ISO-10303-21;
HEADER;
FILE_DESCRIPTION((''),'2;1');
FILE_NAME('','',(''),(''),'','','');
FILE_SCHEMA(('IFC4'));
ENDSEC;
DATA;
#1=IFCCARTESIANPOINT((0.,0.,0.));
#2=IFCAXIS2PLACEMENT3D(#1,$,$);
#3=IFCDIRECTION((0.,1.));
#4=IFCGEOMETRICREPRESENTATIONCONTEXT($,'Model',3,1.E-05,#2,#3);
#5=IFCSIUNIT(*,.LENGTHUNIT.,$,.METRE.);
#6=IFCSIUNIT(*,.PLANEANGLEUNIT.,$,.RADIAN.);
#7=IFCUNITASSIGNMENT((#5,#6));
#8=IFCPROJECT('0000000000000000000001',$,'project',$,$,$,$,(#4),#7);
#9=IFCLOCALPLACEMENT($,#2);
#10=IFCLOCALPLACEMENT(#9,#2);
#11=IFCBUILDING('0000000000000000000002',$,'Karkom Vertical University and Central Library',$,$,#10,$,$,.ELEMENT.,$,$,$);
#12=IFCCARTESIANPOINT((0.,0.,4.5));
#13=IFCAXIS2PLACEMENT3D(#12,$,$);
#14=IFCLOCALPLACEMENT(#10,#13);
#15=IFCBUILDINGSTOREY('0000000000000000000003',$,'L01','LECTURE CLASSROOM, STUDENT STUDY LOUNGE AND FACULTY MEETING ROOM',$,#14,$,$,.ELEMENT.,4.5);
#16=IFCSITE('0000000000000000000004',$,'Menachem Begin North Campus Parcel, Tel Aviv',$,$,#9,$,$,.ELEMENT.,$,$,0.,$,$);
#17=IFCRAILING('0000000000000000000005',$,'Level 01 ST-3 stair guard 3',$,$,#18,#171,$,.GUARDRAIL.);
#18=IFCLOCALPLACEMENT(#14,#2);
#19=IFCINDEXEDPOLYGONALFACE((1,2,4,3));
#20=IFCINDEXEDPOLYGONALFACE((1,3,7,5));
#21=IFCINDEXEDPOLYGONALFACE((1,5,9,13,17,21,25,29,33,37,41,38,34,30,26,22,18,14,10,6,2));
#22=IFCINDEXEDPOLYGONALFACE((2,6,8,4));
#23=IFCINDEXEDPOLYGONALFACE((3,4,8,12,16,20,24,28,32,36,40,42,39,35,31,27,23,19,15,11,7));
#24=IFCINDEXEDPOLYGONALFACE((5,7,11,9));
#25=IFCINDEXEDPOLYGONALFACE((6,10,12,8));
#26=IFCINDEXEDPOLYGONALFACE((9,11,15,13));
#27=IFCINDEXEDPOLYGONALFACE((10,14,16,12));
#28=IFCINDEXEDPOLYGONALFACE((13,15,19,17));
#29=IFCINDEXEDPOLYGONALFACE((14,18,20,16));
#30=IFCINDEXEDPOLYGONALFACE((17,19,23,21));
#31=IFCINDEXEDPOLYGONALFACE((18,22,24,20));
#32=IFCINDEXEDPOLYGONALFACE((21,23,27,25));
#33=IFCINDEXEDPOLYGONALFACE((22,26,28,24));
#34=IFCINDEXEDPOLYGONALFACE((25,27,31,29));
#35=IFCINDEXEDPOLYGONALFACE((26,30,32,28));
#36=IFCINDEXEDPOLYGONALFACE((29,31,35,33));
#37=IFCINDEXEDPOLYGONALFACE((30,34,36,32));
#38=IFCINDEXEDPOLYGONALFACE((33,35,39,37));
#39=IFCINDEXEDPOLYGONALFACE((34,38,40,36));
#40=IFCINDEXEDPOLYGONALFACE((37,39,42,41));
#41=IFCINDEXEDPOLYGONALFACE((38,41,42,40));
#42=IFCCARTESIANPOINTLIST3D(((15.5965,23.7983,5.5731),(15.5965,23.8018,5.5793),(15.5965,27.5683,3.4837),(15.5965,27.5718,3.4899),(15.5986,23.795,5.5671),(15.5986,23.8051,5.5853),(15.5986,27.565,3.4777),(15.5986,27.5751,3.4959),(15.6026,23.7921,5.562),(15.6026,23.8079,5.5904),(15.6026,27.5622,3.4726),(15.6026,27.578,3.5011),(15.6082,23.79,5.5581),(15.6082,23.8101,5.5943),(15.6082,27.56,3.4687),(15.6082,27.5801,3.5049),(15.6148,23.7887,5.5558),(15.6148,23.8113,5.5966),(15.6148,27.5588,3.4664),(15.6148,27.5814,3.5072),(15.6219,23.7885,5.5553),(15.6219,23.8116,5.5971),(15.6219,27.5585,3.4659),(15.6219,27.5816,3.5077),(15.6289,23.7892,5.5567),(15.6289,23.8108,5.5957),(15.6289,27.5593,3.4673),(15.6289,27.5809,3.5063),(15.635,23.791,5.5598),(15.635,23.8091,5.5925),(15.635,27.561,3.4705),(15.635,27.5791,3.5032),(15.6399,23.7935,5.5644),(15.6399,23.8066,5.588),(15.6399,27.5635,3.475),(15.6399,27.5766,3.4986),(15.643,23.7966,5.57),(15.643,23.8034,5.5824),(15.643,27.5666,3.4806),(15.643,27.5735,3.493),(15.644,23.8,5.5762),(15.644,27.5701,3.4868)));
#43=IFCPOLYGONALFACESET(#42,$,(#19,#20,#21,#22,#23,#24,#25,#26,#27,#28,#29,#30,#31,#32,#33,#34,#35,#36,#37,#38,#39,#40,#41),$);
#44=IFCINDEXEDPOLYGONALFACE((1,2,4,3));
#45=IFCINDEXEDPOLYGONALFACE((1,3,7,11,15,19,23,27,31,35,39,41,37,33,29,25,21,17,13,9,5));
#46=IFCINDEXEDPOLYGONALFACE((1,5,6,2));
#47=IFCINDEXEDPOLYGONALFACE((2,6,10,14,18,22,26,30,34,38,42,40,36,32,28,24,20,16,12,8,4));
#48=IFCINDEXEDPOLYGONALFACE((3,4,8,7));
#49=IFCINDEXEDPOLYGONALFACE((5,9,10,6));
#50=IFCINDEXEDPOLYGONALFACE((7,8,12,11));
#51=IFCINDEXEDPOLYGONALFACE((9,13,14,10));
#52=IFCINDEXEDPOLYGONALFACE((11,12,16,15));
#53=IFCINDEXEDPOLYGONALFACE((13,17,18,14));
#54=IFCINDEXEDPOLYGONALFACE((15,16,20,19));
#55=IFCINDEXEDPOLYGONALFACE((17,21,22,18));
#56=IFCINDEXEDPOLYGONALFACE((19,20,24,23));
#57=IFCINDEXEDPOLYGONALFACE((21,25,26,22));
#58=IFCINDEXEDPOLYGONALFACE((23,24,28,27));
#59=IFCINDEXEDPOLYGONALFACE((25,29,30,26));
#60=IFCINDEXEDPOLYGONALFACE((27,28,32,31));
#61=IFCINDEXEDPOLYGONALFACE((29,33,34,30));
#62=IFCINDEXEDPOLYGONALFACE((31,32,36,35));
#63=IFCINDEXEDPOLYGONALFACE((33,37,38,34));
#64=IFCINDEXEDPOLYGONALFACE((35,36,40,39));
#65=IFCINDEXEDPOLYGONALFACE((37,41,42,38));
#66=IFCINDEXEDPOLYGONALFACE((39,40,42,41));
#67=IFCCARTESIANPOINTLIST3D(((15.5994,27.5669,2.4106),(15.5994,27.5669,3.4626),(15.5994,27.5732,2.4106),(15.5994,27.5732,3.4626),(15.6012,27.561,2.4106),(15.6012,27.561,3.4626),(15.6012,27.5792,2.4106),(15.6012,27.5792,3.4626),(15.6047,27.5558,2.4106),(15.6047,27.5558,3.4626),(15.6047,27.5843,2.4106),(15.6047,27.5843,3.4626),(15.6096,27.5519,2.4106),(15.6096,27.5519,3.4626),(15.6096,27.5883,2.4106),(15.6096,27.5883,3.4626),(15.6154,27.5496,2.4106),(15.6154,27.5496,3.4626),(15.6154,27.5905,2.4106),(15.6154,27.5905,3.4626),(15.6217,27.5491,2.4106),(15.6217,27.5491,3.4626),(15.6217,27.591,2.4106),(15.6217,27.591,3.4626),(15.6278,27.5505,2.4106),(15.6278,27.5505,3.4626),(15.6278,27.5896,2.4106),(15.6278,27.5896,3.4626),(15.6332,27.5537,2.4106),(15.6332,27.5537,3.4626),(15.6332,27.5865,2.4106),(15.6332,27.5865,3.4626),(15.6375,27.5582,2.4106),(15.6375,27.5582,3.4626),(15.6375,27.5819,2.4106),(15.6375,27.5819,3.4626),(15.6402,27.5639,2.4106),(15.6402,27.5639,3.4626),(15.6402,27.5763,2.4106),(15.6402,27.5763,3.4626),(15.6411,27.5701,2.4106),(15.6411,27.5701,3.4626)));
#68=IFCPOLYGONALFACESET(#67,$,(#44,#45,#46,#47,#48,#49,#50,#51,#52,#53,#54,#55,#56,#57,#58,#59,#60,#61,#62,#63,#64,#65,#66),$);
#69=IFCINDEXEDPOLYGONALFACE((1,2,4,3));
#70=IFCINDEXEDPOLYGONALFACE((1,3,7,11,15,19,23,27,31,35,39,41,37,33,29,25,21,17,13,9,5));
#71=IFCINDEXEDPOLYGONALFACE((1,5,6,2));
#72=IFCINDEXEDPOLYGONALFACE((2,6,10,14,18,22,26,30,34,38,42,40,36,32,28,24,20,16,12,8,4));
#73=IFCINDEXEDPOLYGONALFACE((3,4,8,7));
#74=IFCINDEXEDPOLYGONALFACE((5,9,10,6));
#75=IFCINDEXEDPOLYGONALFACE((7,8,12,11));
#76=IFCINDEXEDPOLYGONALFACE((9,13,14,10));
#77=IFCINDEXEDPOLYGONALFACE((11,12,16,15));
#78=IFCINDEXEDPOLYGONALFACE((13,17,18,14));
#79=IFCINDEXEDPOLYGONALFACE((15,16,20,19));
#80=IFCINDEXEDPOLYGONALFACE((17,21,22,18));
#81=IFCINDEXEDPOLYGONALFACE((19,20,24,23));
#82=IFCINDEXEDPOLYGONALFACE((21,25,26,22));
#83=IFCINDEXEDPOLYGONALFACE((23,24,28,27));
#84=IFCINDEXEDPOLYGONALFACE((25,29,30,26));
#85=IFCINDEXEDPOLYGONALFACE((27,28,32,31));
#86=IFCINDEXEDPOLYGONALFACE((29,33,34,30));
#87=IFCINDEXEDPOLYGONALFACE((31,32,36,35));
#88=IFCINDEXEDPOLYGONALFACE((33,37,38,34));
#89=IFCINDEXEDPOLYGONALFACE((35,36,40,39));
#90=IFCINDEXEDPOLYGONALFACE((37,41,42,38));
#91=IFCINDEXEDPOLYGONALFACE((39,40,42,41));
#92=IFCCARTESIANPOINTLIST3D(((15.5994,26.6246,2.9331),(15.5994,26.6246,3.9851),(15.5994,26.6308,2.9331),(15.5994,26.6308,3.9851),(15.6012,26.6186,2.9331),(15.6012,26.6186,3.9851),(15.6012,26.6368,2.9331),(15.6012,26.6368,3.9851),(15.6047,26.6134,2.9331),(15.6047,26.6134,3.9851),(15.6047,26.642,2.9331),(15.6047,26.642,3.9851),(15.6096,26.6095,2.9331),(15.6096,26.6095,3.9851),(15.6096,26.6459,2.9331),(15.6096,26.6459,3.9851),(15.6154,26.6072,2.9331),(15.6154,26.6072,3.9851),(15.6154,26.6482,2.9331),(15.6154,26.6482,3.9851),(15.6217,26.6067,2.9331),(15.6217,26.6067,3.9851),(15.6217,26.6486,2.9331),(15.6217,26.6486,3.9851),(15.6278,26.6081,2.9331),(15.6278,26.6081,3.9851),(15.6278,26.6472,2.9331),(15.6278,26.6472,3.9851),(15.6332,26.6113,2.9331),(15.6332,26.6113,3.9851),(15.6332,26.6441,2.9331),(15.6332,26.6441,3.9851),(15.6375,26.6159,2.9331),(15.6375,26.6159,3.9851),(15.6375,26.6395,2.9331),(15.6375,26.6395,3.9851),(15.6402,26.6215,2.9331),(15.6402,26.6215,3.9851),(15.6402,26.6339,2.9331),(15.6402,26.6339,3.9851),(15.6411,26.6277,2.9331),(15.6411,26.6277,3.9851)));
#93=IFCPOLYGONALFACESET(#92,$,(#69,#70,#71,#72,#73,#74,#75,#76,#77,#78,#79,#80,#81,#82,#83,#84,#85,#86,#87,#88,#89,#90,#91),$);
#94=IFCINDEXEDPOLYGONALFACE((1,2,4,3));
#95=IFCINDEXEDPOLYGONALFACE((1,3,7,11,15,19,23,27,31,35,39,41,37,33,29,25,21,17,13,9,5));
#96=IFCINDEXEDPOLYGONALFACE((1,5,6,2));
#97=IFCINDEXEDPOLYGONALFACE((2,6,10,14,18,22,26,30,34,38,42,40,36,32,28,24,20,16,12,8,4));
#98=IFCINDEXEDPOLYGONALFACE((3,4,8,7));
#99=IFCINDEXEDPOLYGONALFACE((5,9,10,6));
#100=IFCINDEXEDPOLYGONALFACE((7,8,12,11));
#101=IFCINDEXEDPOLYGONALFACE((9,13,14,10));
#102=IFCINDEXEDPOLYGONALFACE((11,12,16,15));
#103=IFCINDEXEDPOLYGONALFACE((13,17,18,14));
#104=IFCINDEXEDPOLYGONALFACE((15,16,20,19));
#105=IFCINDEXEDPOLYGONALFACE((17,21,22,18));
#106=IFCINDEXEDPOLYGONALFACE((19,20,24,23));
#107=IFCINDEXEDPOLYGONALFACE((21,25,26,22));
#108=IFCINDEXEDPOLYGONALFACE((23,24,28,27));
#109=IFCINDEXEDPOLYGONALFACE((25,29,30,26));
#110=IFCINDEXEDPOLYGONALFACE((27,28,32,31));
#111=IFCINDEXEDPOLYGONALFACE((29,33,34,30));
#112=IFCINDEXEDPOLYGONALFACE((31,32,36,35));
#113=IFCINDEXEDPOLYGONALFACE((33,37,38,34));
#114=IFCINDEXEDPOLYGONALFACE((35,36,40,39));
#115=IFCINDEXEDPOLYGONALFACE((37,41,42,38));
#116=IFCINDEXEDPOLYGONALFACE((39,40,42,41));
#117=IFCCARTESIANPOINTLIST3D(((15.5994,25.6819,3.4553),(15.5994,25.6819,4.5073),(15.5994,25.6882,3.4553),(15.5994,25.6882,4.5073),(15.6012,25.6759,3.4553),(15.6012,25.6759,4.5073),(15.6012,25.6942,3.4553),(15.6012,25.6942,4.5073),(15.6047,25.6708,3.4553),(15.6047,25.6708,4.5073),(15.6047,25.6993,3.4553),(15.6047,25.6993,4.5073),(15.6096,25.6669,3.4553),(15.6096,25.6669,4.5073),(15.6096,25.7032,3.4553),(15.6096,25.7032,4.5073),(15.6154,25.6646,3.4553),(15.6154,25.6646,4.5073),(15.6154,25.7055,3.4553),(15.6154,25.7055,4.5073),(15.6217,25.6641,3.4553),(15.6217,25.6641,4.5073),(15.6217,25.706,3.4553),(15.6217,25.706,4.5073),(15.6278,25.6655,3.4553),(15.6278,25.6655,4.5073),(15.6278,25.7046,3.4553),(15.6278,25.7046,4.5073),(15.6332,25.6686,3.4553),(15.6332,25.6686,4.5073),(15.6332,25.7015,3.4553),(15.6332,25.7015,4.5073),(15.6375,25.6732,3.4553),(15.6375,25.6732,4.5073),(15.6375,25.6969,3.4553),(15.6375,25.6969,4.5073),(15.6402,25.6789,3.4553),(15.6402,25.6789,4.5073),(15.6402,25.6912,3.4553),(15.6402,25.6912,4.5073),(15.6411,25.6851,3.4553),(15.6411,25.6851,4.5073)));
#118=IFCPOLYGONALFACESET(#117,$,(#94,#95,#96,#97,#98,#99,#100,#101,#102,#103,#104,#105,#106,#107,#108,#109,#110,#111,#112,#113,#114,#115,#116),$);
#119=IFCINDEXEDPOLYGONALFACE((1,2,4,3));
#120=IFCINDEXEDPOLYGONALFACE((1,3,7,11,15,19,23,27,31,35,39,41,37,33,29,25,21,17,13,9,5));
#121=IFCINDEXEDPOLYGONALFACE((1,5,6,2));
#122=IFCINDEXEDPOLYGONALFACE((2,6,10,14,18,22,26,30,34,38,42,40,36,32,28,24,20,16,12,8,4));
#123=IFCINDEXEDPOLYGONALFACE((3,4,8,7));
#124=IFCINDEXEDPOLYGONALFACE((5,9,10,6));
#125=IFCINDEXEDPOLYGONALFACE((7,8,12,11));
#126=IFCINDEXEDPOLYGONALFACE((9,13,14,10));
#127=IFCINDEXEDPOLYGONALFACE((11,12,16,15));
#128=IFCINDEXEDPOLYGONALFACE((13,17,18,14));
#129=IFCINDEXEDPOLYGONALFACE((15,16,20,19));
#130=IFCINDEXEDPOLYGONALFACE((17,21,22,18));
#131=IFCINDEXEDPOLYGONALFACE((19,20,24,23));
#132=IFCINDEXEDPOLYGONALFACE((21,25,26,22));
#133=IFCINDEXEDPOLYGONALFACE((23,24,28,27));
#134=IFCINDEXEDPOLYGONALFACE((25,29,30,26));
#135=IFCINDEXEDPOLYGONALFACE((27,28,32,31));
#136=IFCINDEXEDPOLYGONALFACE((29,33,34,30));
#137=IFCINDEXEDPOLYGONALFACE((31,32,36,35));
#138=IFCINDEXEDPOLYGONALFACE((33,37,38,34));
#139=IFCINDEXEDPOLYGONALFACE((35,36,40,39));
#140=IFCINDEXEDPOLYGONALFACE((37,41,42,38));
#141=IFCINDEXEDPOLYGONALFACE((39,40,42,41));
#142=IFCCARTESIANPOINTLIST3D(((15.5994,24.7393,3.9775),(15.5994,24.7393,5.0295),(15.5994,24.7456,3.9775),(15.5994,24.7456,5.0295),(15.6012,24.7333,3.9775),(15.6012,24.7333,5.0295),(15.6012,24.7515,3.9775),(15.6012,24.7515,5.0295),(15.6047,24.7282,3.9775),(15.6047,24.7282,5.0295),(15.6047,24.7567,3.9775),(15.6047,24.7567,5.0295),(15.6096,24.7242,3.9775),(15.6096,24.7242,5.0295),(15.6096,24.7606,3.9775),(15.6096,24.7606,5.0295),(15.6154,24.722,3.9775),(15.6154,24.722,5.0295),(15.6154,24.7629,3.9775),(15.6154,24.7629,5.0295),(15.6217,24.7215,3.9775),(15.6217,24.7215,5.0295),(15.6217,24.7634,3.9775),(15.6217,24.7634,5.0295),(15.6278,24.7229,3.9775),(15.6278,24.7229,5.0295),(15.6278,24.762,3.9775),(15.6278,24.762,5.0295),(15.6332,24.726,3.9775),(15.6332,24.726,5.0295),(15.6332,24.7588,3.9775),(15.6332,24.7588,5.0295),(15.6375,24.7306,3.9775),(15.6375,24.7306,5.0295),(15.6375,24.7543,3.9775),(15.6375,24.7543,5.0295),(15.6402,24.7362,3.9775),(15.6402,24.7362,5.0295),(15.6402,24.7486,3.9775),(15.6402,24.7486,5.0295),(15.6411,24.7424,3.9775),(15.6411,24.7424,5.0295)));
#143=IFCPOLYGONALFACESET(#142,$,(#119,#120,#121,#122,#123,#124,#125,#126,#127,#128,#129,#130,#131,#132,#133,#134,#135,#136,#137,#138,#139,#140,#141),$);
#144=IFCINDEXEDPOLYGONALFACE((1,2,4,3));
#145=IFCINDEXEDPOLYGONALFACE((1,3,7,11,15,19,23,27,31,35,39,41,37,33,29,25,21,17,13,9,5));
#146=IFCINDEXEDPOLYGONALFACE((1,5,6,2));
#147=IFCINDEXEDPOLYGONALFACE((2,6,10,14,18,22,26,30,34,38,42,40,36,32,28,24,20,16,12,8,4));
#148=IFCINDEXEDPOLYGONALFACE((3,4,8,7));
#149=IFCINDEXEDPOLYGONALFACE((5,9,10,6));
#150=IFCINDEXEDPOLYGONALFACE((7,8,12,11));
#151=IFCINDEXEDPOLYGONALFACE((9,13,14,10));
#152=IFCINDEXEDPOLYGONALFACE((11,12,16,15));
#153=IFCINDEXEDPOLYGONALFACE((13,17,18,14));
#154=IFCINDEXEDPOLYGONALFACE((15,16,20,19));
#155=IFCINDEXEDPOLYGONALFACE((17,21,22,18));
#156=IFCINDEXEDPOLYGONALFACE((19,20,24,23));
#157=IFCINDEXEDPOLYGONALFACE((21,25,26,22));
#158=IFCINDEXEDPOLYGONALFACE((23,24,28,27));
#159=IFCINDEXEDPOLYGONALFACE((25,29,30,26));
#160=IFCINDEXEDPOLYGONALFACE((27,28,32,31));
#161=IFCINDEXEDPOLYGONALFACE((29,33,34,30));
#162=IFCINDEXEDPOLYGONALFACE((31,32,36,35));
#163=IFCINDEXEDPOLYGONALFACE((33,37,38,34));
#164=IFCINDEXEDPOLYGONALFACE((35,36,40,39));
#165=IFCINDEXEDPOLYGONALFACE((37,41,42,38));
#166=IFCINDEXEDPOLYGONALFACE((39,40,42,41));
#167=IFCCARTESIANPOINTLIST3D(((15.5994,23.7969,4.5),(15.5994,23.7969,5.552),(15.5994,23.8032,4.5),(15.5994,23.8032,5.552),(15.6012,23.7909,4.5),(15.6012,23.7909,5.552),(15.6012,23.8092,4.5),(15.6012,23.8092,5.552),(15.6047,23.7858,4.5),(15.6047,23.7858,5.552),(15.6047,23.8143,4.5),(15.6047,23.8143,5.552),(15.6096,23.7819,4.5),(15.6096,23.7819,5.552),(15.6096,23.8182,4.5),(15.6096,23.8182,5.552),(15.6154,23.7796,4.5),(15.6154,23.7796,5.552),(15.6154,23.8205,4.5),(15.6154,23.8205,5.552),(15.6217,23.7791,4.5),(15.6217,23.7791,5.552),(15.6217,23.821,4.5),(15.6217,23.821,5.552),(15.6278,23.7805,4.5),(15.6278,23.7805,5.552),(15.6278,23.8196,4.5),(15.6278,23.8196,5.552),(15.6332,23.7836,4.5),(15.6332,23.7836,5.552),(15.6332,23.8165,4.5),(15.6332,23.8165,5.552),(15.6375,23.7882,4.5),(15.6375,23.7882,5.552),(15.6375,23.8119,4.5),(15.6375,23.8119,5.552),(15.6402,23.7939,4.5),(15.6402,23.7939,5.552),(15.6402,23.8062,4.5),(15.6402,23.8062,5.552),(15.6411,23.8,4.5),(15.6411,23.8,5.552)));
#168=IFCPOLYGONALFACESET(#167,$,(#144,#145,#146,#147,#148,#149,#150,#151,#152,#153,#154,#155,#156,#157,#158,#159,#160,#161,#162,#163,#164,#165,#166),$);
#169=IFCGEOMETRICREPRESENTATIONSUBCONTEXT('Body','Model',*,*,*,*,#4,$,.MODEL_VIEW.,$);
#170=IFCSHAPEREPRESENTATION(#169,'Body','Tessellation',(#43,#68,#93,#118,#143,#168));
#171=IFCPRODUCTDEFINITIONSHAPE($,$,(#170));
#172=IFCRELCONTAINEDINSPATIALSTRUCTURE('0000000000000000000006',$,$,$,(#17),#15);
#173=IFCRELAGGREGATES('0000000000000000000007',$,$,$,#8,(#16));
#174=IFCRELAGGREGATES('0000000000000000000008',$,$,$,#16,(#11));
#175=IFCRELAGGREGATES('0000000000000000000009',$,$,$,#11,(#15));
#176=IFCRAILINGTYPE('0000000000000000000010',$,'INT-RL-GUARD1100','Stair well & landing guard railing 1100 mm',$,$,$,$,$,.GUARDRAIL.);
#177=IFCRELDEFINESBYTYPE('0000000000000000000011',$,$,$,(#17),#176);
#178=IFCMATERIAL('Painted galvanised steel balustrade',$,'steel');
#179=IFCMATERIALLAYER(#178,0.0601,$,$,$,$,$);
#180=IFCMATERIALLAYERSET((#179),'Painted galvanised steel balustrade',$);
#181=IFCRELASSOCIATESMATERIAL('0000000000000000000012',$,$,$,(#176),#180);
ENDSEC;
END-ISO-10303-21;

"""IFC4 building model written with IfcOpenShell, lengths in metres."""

from ifc_helpers import new_model, si_unit, direction, frame, origin, origin_2d, place, context, subcontext, project, spatial, circle, extrude, material, layer, layer_set, type_object, element, save


model = new_model("IFC4")

# Units and contexts
model_context = context("Model", 3, precision=1e-05, world=origin(), true_north=direction((0.0, 1.0)))
body_context = subcontext(model_context, "Body", "Model", "MODEL_VIEW")
ifc_project = project(units=[si_unit("LENGTHUNIT", "METRE"), si_unit("PLANEANGLEUNIT", "RADIAN")], contexts=[model_context])

# Site, building, storey
site_placement = place(None, origin())
site = spatial("IfcSite", under=ifc_project, at=site_placement, Name="Menachem Begin North Campus Parcel, Tel Aviv", CompositionType="ELEMENT", RefElevation=0.0)
building_placement = place(site_placement, origin())
building = spatial("IfcBuilding", under=site, at=building_placement, Name="Karkom Vertical University and Central Library", CompositionType="ELEMENT")
storey_placement = place(building_placement, frame((0.0, 0.0, 4.5)))
storey = spatial("IfcBuildingStorey", under=building, at=storey_placement, Name="L01", Description="LECTURE CLASSROOM, STUDENT STUDY LOUNGE AND FACULTY MEETING ROOM", CompositionType="ELEMENT", Elevation=4.5)

# Railing
ifc_material_1 = material(Name="Painted galvanised steel balustrade", Category="steel")
ifc_layer_1 = layer(ifc_material_1, 0.0601)
ifc_layer_set_1 = layer_set([ifc_layer_1], Name="Painted galvanised steel balustrade")
railing_type_1 = type_object("IfcRailingType", Name="INT-RL-GUARD1100", Description="Stair well & landing guard railing 1100 mm", PredefinedType="GUARDRAIL", material=ifc_layer_set_1)
railing_1_placement = place(storey_placement, frame((15.6201, 27.5701, 2.4106)))
element("IfcRailing", 1, at=railing_1_placement, inside=storey, type_object=railing_type_1, Name="Level 01 ST-3 stair guard 3", PredefinedType="GUARDRAIL", context=body_context, shape_type="SweptSolid", body=[
    extrude(circle(Radius=0.0239, at=origin_2d()), frame((0.0, 0.0, 1.0762), z_axis=(0.0, -0.874659, 0.484739), x_axis=(1.0, 0.0, 0.0)), (0.0, 0.0, 1.0), 4.3103),
    extrude(circle(Radius=0.021, at=origin_2d()), origin(), (0.0, 0.0, 1.0), 1.052),
    extrude(circle(Radius=0.021, at=origin_2d()), frame((0.0, -0.9424, 0.5225)), (0.0, 0.0, 1.0), 1.052),
    extrude(circle(Radius=0.021, at=origin_2d()), frame((0.0, -1.885, 1.0447)), (0.0, 0.0, 1.0), 1.052),
    extrude(circle(Radius=0.021, at=origin_2d()), frame((0.0, -2.8276, 1.5669)), (0.0, 0.0, 1.0), 1.052),
    extrude(circle(Radius=0.021, at=origin_2d()), frame((0.0, -3.77, 2.0894)), (0.0, 0.0, 1.0), 1.052),
])

save(model, "model.ifc")
